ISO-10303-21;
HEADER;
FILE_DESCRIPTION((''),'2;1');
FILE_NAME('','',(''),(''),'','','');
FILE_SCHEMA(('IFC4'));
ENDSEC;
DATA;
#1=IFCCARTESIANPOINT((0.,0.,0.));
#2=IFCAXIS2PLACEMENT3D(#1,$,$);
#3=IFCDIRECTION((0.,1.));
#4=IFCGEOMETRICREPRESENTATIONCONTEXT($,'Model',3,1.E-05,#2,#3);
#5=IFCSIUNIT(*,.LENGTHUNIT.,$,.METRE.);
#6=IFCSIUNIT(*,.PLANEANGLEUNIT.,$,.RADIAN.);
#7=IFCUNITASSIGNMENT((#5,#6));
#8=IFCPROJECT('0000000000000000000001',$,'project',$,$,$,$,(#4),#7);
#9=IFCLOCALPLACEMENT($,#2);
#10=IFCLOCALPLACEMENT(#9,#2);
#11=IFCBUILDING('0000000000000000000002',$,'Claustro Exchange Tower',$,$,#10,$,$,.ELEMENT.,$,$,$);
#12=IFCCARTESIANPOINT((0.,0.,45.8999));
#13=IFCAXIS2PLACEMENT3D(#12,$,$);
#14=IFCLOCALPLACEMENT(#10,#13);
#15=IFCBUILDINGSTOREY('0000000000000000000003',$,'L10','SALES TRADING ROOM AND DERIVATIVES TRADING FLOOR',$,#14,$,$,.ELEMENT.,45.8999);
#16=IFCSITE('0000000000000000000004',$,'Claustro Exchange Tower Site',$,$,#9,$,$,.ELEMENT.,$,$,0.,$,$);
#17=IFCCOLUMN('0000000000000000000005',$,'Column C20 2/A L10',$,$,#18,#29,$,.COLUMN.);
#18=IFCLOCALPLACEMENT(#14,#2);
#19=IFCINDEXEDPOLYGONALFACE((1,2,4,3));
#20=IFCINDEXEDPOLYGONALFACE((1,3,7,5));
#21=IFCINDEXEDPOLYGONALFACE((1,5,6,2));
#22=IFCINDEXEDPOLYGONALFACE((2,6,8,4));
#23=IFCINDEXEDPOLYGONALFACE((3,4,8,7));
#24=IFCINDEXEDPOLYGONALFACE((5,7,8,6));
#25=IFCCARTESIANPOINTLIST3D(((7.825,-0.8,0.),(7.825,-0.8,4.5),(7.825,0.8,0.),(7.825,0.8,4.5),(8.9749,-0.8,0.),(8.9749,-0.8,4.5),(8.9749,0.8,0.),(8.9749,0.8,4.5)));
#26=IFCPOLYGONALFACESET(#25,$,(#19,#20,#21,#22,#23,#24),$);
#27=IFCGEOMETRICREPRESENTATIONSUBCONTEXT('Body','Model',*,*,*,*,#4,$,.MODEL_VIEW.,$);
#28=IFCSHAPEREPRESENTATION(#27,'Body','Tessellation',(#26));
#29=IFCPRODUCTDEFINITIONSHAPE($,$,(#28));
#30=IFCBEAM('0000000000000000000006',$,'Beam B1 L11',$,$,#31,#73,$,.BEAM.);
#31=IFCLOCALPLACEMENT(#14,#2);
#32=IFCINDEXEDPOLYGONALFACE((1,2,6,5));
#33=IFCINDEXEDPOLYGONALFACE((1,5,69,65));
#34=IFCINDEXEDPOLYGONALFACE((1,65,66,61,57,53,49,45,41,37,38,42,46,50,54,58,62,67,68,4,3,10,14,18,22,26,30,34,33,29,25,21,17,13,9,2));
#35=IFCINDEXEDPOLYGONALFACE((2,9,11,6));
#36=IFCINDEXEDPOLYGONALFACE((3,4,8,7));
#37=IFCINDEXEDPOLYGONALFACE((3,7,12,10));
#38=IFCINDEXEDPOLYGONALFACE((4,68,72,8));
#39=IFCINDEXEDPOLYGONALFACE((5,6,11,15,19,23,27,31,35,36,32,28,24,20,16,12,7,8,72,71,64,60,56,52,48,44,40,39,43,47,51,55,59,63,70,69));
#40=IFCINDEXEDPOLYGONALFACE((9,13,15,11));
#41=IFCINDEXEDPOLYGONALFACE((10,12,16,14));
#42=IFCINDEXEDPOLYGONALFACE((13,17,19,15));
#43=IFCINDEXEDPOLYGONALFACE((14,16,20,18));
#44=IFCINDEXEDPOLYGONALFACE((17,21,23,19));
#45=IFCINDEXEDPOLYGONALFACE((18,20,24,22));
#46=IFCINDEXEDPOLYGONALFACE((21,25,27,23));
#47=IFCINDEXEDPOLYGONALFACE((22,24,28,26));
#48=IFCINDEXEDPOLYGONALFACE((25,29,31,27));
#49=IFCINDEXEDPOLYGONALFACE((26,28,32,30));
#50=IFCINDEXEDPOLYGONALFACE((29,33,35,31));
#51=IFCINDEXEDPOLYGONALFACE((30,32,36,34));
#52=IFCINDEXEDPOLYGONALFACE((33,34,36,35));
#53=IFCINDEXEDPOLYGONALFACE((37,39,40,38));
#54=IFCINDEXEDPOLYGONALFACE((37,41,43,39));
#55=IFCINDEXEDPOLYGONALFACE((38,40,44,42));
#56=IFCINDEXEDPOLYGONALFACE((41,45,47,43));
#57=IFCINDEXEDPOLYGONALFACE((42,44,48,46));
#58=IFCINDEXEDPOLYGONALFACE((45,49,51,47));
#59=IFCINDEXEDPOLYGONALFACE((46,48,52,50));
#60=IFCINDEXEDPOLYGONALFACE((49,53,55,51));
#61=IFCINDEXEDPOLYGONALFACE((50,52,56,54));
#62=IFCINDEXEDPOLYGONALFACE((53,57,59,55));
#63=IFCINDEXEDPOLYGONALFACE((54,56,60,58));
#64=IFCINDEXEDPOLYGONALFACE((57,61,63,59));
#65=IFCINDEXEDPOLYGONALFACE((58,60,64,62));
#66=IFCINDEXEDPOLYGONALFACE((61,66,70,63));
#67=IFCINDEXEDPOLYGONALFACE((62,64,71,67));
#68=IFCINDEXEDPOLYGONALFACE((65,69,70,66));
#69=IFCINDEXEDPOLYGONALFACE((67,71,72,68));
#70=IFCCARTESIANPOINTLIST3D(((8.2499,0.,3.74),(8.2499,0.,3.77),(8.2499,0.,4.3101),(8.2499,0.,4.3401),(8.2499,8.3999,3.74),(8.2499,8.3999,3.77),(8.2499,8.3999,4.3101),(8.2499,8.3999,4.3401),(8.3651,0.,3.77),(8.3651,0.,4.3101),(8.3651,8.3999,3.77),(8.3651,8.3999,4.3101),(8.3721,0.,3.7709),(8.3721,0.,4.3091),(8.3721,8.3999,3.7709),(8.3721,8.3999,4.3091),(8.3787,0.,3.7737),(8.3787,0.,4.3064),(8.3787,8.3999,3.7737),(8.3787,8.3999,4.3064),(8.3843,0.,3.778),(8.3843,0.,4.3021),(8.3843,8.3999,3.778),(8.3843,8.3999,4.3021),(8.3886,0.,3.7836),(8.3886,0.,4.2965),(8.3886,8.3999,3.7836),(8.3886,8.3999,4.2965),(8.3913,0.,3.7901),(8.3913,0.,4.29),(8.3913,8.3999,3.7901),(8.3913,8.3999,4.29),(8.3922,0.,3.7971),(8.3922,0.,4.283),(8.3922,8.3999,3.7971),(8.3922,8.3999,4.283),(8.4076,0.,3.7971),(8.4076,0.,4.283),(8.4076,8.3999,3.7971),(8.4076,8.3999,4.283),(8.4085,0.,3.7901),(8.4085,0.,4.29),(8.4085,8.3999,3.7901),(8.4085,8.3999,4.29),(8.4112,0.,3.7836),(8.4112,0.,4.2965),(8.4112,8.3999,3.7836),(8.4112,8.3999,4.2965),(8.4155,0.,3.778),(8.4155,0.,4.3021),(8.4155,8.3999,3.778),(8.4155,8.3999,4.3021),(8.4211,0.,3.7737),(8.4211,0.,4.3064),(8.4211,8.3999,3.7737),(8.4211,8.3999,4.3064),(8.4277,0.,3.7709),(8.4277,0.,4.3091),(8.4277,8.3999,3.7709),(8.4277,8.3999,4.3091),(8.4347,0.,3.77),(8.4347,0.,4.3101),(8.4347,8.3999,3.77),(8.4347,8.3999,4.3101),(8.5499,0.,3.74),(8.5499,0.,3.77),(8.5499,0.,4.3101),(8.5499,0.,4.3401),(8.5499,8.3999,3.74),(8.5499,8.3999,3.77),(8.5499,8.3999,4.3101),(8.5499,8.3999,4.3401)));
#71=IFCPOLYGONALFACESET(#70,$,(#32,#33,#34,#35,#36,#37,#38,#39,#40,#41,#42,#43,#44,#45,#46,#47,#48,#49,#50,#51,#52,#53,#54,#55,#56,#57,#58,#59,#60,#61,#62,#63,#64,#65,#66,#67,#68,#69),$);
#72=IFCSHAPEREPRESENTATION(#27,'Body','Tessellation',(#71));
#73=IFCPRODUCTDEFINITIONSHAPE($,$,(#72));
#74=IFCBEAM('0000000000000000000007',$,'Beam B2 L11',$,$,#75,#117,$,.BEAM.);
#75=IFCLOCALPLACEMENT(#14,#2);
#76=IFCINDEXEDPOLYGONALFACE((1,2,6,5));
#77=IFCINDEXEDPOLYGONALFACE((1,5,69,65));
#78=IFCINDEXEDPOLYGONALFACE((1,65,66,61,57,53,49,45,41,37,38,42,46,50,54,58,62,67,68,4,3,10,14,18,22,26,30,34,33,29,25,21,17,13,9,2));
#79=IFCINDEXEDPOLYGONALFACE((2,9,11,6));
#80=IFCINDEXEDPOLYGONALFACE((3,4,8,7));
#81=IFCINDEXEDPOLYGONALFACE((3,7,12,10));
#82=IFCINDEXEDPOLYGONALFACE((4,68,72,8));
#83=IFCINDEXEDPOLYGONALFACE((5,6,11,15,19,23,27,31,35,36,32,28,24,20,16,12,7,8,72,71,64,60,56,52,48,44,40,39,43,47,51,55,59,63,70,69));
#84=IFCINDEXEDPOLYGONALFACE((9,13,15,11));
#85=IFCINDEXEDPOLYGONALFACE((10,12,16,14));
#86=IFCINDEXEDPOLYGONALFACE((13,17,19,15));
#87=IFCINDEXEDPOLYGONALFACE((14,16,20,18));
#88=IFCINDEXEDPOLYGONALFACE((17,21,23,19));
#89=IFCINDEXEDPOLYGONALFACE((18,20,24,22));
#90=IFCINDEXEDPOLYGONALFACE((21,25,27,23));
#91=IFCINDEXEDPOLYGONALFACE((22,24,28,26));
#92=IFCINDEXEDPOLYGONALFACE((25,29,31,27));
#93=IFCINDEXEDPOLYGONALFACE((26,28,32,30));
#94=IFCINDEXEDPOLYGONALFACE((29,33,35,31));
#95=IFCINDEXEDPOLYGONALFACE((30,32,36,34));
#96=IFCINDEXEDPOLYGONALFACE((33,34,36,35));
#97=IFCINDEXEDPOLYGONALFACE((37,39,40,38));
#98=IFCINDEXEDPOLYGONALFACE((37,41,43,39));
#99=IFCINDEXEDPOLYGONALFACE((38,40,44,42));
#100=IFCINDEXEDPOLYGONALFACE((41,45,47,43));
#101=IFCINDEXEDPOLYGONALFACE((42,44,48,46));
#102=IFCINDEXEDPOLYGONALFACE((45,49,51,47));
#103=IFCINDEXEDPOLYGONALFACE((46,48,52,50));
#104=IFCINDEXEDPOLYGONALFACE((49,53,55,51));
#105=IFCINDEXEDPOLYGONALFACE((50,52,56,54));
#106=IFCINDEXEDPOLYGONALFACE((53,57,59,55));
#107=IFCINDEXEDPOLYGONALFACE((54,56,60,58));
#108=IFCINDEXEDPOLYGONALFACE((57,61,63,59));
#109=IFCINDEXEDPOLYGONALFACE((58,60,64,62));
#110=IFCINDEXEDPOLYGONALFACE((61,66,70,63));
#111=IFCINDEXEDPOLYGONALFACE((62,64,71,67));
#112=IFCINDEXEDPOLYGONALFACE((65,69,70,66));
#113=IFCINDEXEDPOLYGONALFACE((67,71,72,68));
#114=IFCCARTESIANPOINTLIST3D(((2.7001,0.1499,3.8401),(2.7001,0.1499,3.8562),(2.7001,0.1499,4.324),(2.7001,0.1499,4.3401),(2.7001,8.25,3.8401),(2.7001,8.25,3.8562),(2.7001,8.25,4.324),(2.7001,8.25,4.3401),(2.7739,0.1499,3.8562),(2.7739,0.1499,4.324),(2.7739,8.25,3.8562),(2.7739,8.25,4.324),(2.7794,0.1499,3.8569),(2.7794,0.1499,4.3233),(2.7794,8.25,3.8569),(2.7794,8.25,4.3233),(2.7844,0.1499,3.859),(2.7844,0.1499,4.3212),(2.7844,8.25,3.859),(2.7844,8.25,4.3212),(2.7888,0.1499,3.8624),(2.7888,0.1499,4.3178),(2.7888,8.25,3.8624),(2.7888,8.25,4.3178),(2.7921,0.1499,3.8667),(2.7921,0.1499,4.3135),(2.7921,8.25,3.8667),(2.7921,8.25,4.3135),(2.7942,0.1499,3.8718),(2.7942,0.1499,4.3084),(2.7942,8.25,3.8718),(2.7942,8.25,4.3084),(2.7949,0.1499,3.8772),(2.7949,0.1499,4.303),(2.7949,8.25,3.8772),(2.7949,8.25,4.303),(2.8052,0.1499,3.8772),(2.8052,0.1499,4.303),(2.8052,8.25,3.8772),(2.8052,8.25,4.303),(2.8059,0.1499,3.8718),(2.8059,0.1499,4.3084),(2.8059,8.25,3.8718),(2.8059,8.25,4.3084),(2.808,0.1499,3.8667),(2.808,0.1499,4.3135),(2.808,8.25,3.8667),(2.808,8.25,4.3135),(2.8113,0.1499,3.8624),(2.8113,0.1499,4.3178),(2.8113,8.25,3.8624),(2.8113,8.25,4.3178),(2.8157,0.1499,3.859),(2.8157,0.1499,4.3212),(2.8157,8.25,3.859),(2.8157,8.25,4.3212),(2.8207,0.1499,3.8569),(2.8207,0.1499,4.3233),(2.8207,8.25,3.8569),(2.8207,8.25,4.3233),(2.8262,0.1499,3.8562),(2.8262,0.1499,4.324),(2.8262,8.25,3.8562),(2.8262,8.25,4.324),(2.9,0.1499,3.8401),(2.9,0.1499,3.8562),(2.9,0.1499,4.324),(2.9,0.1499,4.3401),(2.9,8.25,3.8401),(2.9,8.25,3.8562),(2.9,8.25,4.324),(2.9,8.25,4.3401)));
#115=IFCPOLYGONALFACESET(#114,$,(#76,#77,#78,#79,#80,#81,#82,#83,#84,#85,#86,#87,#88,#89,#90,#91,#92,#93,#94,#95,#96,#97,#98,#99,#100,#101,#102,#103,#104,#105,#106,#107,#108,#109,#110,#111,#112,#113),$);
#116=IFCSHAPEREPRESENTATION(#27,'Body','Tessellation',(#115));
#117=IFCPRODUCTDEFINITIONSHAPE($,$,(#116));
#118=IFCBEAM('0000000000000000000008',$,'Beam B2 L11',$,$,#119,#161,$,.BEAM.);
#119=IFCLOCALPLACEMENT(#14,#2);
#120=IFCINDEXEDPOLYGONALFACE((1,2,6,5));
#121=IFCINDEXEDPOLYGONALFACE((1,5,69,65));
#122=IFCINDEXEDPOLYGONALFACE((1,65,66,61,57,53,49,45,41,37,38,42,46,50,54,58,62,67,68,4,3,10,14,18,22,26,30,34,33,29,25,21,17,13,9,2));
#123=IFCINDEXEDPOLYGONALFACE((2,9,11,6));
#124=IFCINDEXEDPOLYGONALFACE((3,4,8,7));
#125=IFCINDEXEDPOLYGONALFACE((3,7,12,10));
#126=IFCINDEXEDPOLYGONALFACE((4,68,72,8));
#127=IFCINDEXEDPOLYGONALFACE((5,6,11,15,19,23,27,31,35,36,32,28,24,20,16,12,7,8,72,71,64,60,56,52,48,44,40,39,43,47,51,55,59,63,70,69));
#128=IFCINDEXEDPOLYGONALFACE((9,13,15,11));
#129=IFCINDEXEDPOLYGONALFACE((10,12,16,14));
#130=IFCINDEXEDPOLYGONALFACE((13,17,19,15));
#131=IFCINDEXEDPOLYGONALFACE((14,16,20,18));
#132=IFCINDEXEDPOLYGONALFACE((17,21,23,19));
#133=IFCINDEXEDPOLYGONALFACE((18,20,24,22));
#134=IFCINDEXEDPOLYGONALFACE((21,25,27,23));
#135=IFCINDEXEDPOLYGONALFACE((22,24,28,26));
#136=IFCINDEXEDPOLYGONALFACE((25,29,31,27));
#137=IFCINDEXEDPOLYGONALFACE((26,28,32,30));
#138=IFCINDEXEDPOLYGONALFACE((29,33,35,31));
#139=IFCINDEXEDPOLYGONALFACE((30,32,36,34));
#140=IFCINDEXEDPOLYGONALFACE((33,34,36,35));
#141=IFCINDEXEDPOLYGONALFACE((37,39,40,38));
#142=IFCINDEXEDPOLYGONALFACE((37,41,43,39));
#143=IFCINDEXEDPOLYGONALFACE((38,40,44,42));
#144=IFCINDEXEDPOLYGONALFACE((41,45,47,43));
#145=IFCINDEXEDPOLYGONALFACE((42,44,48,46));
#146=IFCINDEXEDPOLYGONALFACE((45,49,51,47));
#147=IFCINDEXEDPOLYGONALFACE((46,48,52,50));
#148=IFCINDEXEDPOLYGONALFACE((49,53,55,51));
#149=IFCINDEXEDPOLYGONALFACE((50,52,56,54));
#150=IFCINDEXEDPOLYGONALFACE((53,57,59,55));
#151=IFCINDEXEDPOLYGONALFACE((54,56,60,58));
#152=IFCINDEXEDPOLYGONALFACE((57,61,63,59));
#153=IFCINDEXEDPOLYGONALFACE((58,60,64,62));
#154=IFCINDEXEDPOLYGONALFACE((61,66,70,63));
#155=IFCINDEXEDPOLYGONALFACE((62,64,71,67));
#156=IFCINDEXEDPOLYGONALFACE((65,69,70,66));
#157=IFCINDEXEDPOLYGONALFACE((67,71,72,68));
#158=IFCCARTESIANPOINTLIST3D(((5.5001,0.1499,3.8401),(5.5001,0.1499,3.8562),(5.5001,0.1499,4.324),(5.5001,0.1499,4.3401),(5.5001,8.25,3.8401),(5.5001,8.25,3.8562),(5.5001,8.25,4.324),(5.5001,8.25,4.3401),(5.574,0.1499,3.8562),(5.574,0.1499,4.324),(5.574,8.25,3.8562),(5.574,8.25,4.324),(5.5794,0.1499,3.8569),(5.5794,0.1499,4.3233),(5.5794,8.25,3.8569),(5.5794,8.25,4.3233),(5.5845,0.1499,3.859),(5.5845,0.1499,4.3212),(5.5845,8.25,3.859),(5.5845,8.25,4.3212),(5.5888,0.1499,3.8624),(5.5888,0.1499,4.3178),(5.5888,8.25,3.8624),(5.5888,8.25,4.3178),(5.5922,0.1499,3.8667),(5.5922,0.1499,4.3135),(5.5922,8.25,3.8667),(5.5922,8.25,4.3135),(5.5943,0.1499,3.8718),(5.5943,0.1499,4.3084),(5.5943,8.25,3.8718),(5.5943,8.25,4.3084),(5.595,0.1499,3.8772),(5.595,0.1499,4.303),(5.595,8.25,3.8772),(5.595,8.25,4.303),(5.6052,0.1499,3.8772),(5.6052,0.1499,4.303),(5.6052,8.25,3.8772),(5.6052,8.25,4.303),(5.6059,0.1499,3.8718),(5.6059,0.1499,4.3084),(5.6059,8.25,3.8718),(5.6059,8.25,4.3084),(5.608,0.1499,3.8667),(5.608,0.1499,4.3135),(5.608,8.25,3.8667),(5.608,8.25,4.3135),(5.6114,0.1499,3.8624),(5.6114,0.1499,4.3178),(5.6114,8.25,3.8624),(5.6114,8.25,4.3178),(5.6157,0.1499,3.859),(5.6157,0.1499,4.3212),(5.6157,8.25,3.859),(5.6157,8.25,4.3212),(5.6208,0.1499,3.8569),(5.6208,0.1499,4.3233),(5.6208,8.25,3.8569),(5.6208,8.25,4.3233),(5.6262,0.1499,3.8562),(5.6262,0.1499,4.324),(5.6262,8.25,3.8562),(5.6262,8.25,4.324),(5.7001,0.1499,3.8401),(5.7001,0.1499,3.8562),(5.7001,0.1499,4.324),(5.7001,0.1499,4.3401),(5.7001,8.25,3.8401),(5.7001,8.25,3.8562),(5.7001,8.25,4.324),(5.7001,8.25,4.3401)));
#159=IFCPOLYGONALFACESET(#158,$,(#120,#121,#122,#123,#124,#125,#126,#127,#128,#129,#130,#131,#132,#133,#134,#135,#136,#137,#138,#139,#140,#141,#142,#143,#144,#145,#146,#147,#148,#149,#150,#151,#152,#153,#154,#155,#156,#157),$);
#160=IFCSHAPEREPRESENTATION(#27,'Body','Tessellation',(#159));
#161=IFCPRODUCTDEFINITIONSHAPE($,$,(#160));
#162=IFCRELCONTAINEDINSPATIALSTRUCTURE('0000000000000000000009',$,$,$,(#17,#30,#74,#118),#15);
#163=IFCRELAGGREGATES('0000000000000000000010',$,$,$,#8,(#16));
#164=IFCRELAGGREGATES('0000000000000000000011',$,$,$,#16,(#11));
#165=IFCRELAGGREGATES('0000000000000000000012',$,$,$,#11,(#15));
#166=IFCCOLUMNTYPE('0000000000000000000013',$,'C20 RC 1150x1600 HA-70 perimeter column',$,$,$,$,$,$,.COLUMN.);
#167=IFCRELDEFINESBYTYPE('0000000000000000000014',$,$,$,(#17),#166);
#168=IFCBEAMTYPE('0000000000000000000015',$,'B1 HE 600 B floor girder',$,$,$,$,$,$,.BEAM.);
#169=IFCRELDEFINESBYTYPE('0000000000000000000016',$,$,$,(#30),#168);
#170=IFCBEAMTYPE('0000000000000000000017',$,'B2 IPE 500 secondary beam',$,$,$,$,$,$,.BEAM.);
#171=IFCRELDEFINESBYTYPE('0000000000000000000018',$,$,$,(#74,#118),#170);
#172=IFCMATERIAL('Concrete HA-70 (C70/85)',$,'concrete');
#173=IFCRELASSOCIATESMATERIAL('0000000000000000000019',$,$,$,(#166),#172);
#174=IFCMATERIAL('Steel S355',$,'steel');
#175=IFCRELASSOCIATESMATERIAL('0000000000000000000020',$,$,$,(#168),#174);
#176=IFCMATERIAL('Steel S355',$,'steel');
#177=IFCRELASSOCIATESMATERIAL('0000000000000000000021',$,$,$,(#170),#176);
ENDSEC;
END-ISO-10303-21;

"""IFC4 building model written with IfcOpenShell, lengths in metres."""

from ifc_helpers import new_model, si_unit, direction, frame, origin, origin_2d, place, context, subcontext, project, spatial, rectangle, i_section, extrude, material, material_profile, profile_set, type_object, element, save


model = new_model("IFC4")

# Units and contexts
model_context = context("Model", 3, precision=1e-05, world=origin(), true_north=direction((0.0, 1.0)))
body_context = subcontext(model_context, "Body", "Model", "MODEL_VIEW")
ifc_project = project(units=[si_unit("LENGTHUNIT", "METRE"), si_unit("PLANEANGLEUNIT", "RADIAN")], contexts=[model_context])

# Site, building, storey
site_placement = place(None, origin())
site = spatial("IfcSite", under=ifc_project, at=site_placement, Name="Claustro Exchange Tower Site", CompositionType="ELEMENT", RefElevation=0.0)
building_placement = place(site_placement, origin())
building = spatial("IfcBuilding", under=site, at=building_placement, Name="Claustro Exchange Tower", CompositionType="ELEMENT")
storey_placement = place(building_placement, frame((0.0, 0.0, 45.8999)))
storey = spatial("IfcBuildingStorey", under=building, at=storey_placement, Name="L10", Description="SALES TRADING ROOM AND DERIVATIVES TRADING FLOOR", CompositionType="ELEMENT", Elevation=45.8999)

# Column
ifc_material_1 = material(Name="Concrete HA-70 (C70/85)", Category="concrete")
ifc_material_profile_1 = material_profile(ifc_material_1, rectangle(XDim=1.1499, YDim=1.6001, at=origin_2d()), Name="RC 1150x1600")
ifc_profile_set_1 = profile_set([ifc_material_profile_1], Name="Concrete HA-70 (C70/85)")
column_type = type_object("IfcColumnType", Name="C20 RC 1150x1600 HA-70 perimeter column", PredefinedType="COLUMN", material=ifc_profile_set_1)
column_placement = place(storey_placement, frame((8.3999, 0.0, 0.0), z_axis=(0.0, 0.0, 1.0), x_axis=(1.0, 0.0, 0.0)))
element("IfcColumn", 1, at=column_placement, inside=storey, type_object=column_type, Name="Column C20 2/A L10", PredefinedType="COLUMN", context=body_context, shape_type="SweptSolid", body=[
    extrude(rectangle(XDim=1.1499, YDim=1.6001, at=origin_2d()), origin(), (0.0, 0.0, 1.0), 4.5),
])

# Beams
ifc_material_2 = material(Name="Steel S355", Category="steel")
ifc_material_profile_2 = material_profile(ifc_material_2, i_section(OverallWidth=0.3, OverallDepth=0.6001, WebThickness=0.0154, FlangeThickness=0.03, FilletRadius=0.0271, at=origin_2d()), Name="HE 600 B")
ifc_profile_set_2 = profile_set([ifc_material_profile_2], Name="Steel S355")
beam_type_1 = type_object("IfcBeamType", Name="B1 HE 600 B floor girder", PredefinedType="BEAM", material=ifc_profile_set_2)
beam_1_placement = place(storey_placement, frame((8.3999, 0.0, 4.04), z_axis=(0.0, 1.0, 0.0), x_axis=(-1.0, 0.0, 0.0)))
element("IfcBeam", 2, at=beam_1_placement, inside=storey, type_object=beam_type_1, Name="Beam B1 L11", PredefinedType="BEAM", context=body_context, shape_type="SweptSolid", body=[
    extrude(i_section(OverallWidth=0.3, OverallDepth=0.6001, WebThickness=0.0154, FlangeThickness=0.03, FilletRadius=0.0271, at=origin_2d()), origin(), (0.0, 0.0, 1.0), 8.3999),
])
ifc_material_3 = material(Name="Steel S355", Category="steel")
ifc_material_profile_3 = material_profile(ifc_material_3, i_section(OverallWidth=0.2, OverallDepth=0.5, WebThickness=0.0103, FlangeThickness=0.0161, FilletRadius=0.021, at=origin_2d()), Name="IPE 500")
ifc_profile_set_3 = profile_set([ifc_material_profile_3], Name="Steel S355")
beam_type_2 = type_object("IfcBeamType", Name="B2 IPE 500 secondary beam", PredefinedType="BEAM", material=ifc_profile_set_3)
for number, where, z_axis, x_axis, name in (
    (3, (2.8, 0.1499, 4.0901), (0.0, 1.0, 0.0), (-1.0, 0.0, 0.0), "Beam B2 L11"),
    (4, (5.6001, 0.1499, 4.0901), (0.0, 1.0, 0.0), (-1.0, 0.0, 0.0), "Beam B2 L11"),
):
    element("IfcBeam", number, at=place(storey_placement, frame(where, z_axis=z_axis, x_axis=x_axis)), inside=storey, type_object=beam_type_2, Name=name, PredefinedType="BEAM", context=body_context, shape_type="SweptSolid", body=[
        extrude(i_section(OverallWidth=0.2, OverallDepth=0.5, WebThickness=0.0103, FlangeThickness=0.0161, FilletRadius=0.021, at=origin_2d()), origin(), (0.0, 0.0, 1.0), 8.1001),
    ])

save(model, "model.ifc")
